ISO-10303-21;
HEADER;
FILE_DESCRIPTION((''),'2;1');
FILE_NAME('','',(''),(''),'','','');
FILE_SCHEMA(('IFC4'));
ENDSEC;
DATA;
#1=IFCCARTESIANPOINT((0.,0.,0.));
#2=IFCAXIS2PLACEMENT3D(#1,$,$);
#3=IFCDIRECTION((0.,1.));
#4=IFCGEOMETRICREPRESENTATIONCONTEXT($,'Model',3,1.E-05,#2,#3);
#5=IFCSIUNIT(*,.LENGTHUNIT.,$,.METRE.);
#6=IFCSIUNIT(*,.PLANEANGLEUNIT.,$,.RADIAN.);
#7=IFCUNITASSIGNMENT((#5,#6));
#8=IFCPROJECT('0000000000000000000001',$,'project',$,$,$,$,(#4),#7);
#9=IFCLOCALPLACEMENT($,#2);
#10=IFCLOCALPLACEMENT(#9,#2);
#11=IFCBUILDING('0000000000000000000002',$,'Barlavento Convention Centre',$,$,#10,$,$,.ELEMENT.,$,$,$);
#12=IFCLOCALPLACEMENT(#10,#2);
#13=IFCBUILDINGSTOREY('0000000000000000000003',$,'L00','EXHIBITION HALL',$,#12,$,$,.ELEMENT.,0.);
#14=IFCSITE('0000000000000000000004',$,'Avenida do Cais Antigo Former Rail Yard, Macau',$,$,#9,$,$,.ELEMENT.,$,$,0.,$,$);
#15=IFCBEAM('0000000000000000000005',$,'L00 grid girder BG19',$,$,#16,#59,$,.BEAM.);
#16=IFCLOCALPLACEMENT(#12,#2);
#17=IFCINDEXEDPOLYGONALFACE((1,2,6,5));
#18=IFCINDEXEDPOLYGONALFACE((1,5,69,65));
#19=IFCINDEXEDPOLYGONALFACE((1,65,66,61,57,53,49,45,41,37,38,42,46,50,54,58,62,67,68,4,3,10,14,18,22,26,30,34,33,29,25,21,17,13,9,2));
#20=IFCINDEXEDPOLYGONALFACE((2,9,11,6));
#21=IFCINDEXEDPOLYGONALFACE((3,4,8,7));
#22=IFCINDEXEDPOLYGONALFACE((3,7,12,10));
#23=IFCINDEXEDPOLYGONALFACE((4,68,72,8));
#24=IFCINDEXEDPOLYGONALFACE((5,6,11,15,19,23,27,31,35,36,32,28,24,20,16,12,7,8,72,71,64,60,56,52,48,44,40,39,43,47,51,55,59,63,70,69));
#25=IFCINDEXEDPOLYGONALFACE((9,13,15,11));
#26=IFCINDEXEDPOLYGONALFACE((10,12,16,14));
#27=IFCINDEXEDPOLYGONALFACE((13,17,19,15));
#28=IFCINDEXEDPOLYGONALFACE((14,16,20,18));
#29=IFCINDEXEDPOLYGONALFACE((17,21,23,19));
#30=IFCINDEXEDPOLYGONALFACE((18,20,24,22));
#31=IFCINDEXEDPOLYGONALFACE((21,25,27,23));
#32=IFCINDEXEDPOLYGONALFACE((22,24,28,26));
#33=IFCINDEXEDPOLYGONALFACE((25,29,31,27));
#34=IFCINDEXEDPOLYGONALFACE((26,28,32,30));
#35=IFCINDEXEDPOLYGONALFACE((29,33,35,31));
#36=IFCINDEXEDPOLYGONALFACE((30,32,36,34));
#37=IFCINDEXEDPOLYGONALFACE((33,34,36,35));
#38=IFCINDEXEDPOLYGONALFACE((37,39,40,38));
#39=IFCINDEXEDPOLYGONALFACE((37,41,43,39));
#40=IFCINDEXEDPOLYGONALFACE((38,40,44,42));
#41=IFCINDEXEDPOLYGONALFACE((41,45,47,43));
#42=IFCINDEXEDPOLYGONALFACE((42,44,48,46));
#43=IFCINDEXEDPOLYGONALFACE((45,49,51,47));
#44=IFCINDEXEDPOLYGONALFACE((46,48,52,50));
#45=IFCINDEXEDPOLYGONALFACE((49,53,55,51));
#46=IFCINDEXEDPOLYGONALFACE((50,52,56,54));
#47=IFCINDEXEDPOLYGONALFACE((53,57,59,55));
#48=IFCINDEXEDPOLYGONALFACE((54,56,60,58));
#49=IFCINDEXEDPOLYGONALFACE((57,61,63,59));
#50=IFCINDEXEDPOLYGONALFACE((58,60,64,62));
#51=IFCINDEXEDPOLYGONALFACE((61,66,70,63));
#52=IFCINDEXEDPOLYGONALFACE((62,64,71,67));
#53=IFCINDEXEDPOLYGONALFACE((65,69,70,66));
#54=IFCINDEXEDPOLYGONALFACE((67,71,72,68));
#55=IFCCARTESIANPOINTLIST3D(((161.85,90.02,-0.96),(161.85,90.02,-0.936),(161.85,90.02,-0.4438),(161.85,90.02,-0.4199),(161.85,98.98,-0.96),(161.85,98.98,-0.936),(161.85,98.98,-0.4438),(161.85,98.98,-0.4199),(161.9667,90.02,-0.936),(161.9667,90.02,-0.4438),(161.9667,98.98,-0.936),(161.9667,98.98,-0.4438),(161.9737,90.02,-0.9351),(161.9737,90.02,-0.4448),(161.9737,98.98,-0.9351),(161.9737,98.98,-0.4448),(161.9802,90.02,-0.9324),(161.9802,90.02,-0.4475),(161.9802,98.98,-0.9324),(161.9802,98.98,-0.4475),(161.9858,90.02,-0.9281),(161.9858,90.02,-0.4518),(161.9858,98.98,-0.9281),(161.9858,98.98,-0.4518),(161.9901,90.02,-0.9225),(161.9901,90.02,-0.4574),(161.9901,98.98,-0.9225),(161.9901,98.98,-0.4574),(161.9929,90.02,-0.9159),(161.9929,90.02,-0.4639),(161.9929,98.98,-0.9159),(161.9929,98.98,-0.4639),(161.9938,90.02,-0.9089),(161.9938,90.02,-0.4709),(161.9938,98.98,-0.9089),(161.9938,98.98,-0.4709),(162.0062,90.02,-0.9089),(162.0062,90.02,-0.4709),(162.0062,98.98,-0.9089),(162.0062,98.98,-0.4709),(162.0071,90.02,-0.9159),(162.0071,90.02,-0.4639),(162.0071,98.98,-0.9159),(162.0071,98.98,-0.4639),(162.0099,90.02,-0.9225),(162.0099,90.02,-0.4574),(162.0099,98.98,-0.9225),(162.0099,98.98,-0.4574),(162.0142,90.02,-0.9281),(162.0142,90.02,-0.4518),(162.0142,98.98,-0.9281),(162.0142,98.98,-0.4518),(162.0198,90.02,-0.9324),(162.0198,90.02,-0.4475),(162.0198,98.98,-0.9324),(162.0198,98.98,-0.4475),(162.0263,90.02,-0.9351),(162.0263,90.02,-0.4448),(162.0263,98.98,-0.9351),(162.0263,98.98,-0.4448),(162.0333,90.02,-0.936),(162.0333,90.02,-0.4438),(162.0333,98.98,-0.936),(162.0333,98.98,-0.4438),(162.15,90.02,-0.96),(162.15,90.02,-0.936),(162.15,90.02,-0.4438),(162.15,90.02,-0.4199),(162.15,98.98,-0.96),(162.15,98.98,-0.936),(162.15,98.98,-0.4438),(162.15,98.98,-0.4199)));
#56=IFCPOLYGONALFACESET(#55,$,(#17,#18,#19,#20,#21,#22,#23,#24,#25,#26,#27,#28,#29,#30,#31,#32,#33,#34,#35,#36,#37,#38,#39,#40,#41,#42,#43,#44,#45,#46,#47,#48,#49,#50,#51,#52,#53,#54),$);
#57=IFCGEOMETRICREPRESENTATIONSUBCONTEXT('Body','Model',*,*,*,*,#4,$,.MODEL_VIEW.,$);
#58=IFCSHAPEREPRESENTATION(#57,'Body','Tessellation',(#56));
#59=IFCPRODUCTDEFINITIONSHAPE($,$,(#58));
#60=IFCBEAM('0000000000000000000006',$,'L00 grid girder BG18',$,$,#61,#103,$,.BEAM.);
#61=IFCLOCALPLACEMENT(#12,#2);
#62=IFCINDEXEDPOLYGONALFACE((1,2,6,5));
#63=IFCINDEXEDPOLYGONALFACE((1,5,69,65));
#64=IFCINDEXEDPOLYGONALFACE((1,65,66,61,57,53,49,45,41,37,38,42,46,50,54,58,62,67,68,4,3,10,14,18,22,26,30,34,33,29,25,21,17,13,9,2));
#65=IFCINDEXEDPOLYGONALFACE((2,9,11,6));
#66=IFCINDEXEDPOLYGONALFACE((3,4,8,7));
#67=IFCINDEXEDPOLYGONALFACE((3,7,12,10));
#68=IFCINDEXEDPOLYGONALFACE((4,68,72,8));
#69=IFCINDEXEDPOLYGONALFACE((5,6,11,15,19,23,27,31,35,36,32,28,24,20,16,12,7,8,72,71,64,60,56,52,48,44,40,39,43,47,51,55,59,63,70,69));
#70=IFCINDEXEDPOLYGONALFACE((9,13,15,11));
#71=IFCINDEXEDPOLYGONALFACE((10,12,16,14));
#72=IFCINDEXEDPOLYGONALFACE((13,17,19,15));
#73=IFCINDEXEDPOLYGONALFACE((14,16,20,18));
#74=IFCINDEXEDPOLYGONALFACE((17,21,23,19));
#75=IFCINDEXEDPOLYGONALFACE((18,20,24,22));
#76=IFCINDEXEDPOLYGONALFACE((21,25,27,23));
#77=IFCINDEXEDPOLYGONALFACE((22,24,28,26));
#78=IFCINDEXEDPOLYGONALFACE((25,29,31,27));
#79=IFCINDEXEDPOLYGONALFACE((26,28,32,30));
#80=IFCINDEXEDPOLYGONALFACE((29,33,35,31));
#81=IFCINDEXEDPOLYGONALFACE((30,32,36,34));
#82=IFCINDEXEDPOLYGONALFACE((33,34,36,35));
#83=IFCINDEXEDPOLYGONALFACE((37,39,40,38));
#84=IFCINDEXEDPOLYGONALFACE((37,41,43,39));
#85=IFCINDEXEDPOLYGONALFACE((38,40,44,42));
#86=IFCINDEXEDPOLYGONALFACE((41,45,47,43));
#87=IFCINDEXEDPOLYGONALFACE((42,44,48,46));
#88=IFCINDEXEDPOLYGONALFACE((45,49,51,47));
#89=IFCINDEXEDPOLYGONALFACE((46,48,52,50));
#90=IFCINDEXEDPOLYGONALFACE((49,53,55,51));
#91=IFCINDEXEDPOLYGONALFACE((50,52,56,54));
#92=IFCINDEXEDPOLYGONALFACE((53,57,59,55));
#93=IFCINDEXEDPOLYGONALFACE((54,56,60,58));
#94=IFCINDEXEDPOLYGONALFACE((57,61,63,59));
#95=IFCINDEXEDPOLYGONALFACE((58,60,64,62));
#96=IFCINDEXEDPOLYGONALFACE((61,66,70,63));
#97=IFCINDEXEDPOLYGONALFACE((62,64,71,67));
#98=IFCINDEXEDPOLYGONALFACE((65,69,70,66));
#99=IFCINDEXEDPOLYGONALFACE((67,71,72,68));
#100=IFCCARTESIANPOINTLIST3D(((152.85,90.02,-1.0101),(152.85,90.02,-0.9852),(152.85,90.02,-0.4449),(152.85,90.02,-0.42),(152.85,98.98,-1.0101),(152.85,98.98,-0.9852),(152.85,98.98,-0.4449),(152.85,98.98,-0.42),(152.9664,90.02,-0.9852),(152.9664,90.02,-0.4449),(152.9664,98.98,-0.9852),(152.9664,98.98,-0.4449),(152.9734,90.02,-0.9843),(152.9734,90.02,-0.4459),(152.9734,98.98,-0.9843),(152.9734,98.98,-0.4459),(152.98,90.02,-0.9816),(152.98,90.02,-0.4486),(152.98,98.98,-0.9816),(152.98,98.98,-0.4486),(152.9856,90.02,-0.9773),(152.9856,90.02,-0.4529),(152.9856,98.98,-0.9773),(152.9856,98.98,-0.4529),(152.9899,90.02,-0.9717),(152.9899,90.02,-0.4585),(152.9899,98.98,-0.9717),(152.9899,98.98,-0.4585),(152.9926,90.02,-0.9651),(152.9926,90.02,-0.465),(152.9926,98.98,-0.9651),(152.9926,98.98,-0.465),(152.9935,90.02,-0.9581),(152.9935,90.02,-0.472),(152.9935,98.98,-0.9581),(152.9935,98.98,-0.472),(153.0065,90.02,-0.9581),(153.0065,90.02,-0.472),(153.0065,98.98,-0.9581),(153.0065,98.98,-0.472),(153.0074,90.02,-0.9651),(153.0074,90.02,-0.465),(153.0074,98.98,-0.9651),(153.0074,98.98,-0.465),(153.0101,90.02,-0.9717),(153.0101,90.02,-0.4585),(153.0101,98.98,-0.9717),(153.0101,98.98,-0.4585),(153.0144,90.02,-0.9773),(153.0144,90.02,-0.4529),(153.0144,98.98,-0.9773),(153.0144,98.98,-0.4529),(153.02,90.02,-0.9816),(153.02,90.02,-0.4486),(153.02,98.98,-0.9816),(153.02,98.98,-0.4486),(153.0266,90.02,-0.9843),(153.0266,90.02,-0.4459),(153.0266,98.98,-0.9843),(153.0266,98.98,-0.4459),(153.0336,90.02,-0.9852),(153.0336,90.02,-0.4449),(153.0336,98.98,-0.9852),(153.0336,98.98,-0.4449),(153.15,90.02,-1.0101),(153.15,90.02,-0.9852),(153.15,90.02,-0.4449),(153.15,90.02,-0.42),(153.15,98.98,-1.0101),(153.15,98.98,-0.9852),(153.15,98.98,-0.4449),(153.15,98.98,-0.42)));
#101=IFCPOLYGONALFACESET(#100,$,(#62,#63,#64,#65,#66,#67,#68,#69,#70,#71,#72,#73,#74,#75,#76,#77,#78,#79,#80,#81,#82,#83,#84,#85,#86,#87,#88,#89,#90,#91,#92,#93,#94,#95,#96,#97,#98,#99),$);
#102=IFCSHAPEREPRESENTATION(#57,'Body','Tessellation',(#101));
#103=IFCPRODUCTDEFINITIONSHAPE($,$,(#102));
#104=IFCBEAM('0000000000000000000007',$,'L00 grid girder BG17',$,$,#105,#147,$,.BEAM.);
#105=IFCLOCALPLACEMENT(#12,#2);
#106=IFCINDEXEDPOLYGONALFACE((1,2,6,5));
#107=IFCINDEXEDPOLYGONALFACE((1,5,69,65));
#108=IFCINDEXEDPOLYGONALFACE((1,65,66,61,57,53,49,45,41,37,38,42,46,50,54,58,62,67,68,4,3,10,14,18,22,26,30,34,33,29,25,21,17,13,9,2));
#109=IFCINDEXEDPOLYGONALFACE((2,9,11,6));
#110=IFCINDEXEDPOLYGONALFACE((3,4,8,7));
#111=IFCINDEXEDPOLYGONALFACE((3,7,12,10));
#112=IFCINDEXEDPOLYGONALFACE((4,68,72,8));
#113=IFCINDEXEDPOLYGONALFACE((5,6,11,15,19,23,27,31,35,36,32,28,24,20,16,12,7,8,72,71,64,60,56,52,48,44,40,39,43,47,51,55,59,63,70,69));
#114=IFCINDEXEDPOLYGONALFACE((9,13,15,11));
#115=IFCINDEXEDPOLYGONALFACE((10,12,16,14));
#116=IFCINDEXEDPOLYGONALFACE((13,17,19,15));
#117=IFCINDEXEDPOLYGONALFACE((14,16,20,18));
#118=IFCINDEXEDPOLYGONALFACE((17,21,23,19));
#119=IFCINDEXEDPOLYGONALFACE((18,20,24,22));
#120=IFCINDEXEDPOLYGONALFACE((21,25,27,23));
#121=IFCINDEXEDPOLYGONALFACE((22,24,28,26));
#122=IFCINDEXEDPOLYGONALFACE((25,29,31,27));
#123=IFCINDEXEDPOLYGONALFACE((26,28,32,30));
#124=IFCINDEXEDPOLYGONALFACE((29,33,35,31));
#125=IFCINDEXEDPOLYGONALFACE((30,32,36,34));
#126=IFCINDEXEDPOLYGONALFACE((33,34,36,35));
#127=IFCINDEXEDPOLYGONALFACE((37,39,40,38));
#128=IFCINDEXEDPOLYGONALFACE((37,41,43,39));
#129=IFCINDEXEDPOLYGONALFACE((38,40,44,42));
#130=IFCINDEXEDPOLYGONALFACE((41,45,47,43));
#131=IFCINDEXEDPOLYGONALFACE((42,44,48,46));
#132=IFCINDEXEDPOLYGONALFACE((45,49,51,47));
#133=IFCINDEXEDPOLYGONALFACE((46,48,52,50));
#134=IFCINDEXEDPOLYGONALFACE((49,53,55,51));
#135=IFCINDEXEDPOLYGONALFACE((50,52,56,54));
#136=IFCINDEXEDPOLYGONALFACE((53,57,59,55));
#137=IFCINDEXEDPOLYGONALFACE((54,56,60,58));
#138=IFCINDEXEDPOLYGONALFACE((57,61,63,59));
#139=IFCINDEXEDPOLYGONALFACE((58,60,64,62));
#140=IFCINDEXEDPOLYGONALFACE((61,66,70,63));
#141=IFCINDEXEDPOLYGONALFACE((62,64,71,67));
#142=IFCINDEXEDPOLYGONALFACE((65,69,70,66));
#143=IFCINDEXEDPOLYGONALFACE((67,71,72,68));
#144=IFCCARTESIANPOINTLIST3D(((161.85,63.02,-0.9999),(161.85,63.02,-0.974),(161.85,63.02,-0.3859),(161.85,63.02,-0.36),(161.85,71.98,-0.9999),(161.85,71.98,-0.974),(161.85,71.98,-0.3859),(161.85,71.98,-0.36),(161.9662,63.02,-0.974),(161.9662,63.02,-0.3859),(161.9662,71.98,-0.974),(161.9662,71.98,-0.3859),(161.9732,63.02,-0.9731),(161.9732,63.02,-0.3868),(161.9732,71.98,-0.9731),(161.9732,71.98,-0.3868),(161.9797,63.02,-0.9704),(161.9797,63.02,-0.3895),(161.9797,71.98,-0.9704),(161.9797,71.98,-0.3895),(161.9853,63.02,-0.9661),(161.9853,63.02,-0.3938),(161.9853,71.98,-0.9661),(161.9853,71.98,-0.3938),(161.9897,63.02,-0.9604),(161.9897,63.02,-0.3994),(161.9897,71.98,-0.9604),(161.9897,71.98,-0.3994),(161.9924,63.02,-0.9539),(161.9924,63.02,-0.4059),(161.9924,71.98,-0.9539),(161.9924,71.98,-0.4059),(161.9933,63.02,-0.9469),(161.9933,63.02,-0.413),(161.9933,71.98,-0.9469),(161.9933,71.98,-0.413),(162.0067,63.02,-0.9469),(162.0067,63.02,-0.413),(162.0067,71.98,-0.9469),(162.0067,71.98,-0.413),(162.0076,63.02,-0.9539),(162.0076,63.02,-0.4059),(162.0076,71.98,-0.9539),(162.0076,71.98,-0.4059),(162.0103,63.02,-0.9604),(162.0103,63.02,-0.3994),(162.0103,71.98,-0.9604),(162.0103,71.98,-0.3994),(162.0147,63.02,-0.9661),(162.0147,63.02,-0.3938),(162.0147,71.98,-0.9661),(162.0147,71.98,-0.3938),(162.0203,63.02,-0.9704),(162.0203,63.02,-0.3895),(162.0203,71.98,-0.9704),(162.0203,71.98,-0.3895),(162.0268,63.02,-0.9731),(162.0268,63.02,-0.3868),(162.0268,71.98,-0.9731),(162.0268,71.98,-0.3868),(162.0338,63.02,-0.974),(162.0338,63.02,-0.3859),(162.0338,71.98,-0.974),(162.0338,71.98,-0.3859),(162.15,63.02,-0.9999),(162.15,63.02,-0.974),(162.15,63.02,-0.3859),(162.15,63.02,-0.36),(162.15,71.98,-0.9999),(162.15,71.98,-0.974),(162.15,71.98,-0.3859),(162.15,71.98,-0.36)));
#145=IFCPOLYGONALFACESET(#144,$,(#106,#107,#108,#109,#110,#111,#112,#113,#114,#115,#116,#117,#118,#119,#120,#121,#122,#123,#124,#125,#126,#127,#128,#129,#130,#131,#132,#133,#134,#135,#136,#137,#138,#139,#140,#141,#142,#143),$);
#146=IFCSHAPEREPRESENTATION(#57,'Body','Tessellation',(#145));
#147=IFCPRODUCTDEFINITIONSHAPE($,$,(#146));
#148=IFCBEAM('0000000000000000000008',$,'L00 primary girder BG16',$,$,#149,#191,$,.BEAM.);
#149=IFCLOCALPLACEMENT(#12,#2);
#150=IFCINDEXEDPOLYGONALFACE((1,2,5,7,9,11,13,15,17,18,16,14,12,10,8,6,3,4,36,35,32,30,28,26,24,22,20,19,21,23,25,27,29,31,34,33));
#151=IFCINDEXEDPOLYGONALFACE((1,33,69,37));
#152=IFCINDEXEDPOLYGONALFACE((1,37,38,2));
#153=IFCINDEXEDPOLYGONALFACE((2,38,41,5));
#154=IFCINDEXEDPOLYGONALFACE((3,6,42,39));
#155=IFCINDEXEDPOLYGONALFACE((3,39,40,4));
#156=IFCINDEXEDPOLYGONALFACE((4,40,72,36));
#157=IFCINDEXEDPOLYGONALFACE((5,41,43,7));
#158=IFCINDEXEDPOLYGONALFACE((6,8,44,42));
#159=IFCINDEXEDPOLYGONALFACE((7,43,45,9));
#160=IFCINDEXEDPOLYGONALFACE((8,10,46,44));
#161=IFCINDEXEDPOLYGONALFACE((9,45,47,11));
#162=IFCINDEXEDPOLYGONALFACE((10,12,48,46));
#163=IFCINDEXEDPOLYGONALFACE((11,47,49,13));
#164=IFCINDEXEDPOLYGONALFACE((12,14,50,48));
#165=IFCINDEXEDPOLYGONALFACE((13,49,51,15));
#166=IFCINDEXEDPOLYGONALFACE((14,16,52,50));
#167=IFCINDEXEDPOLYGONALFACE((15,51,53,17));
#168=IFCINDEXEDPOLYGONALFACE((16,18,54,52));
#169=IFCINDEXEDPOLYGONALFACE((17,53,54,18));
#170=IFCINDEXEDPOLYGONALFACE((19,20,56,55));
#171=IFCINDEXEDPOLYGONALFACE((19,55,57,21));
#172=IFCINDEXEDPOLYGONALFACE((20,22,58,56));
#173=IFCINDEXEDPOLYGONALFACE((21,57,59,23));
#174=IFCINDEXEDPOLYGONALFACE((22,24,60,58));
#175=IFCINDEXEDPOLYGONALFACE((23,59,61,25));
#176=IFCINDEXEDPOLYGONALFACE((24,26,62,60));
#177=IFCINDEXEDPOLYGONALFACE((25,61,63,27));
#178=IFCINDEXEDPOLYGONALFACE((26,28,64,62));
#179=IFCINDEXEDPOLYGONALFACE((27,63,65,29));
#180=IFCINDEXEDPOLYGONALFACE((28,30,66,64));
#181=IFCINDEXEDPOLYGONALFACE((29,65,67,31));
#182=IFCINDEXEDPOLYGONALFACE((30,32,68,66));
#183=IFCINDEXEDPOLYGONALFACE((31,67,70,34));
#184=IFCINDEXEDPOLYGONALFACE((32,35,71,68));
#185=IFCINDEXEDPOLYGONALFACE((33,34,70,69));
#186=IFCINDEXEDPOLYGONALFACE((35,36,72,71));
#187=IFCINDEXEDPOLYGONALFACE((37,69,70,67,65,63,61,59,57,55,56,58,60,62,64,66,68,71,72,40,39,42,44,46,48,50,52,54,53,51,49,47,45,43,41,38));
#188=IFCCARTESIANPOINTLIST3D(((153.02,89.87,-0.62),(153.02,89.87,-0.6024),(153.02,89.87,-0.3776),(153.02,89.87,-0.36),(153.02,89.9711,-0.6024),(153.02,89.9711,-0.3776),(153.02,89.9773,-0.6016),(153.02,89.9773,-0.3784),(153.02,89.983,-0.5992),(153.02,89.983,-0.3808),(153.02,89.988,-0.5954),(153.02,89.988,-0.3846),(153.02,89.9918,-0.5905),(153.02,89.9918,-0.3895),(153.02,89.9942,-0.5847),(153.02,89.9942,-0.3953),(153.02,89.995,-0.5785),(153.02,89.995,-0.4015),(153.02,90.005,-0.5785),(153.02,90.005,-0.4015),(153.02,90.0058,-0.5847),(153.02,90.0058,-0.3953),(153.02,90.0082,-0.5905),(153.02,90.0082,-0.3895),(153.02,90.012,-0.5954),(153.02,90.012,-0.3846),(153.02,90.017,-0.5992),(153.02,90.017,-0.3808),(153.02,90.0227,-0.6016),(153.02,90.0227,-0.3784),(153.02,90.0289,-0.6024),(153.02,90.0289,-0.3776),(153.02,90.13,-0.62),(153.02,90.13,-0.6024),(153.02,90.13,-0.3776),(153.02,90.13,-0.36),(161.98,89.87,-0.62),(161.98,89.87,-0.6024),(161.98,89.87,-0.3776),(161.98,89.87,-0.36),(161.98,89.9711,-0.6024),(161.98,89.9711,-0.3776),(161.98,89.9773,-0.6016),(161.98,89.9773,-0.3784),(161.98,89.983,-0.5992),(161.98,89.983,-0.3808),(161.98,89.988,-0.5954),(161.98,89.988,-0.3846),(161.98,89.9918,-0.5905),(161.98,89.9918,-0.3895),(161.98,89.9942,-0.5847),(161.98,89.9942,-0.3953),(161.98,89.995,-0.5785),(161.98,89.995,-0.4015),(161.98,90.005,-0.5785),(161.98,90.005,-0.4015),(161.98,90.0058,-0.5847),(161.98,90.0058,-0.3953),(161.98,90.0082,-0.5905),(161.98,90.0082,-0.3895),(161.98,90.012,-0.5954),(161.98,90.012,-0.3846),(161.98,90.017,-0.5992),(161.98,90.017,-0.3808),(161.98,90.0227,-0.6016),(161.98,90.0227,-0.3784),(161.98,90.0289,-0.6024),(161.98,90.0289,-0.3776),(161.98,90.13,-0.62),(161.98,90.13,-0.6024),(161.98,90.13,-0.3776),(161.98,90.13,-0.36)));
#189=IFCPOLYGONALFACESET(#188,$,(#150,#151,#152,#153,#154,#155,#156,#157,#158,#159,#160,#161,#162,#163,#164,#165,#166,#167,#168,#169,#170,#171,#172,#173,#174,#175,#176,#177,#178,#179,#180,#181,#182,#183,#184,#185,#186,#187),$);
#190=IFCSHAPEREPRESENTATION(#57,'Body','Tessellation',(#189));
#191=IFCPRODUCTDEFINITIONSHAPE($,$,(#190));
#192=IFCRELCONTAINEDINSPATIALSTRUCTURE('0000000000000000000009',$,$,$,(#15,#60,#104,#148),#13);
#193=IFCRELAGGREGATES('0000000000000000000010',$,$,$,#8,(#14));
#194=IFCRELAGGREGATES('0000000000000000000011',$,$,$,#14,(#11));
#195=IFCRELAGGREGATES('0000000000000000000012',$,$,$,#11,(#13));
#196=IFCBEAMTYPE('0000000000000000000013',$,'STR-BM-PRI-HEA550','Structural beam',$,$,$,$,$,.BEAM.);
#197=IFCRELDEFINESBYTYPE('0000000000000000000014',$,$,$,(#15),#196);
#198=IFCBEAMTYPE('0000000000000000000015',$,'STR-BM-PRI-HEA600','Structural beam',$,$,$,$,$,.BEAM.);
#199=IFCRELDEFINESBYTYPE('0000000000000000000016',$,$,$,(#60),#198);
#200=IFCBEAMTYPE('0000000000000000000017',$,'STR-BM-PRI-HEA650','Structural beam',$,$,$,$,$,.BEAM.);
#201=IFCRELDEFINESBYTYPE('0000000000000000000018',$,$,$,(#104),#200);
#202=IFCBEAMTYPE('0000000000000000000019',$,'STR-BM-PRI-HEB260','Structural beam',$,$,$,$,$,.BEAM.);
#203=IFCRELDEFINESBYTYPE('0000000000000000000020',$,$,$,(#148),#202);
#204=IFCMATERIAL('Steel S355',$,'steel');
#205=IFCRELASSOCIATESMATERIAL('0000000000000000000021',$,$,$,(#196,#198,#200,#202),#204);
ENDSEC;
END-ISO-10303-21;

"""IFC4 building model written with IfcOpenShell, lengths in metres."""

from ifc_helpers import new_model, si_unit, direction, frame, origin, origin_2d, place, context, subcontext, project, spatial, i_section, extrude, material, material_profile, profile_set, type_object, element, save


model = new_model("IFC4")

# Units and contexts
model_context = context("Model", 3, precision=1e-05, world=origin(), true_north=direction((0.0, 1.0)))
body_context = subcontext(model_context, "Body", "Model", "MODEL_VIEW")
ifc_project = project(units=[si_unit("LENGTHUNIT", "METRE"), si_unit("PLANEANGLEUNIT", "RADIAN")], contexts=[model_context])

# Site, building, storey
site_placement = place(None, origin())
site = spatial("IfcSite", under=ifc_project, at=site_placement, Name="Avenida do Cais Antigo Former Rail Yard, Macau", CompositionType="ELEMENT", RefElevation=0.0)
building_placement = place(site_placement, origin())
building = spatial("IfcBuilding", under=site, at=building_placement, Name="Barlavento Convention Centre", CompositionType="ELEMENT")
storey_placement = place(building_placement, origin())
storey = spatial("IfcBuildingStorey", under=building, at=storey_placement, Name="L00", Description="EXHIBITION HALL", CompositionType="ELEMENT", Elevation=0.0)

# Beams
ifc_material_1 = material(Name="Steel S355", Category="steel")
ifc_material_profile_1 = material_profile(ifc_material_1, i_section(OverallWidth=0.3, OverallDepth=0.54, WebThickness=0.0125, FlangeThickness=0.0239, FilletRadius=0.0271, at=origin_2d()), Name="HEA 550")
ifc_profile_set_1 = profile_set([ifc_material_profile_1], Name="Steel S355")
beam_type_1 = type_object("IfcBeamType", Name="STR-BM-PRI-HEA550", Description="Structural beam", PredefinedType="BEAM", material=ifc_profile_set_1)
beam_1_placement = place(storey_placement, frame((162.0, 90.02, -0.6899), z_axis=(0.0, 1.0, 0.0), x_axis=(-1.0, 0.0, 0.0)))
element("IfcBeam", 1, at=beam_1_placement, inside=storey, type_object=beam_type_1, Name="L00 grid girder BG19", PredefinedType="BEAM", context=body_context, shape_type="SweptSolid", body=[
    extrude(i_section(OverallWidth=0.3, OverallDepth=0.54, WebThickness=0.0125, FlangeThickness=0.0239, FilletRadius=0.0271, at=origin_2d()), origin(), (0.0, 0.0, 1.0), 8.96),
])
ifc_material_profile_2 = material_profile(ifc_material_1, i_section(OverallWidth=0.3, OverallDepth=0.5901, WebThickness=0.0129, FlangeThickness=0.0249, FilletRadius=0.0271, at=origin_2d()), Name="HEA 600")
ifc_profile_set_2 = profile_set([ifc_material_profile_2], Name="Steel S355")
beam_type_2 = type_object("IfcBeamType", Name="STR-BM-PRI-HEA600", Description="Structural beam", PredefinedType="BEAM", material=ifc_profile_set_2)
beam_2_placement = place(storey_placement, frame((153.0, 90.02, -0.7151), z_axis=(0.0, 1.0, 0.0), x_axis=(-1.0, 0.0, 0.0)))
element("IfcBeam", 2, at=beam_2_placement, inside=storey, type_object=beam_type_2, Name="L00 grid girder BG18", PredefinedType="BEAM", context=body_context, shape_type="SweptSolid", body=[
    extrude(i_section(OverallWidth=0.3, OverallDepth=0.5901, WebThickness=0.0129, FlangeThickness=0.0249, FilletRadius=0.0271, at=origin_2d()), origin(), (0.0, 0.0, 1.0), 8.96),
])
ifc_material_profile_3 = material_profile(ifc_material_1, i_section(OverallWidth=0.3, OverallDepth=0.6399, WebThickness=0.0134, FlangeThickness=0.0259, FilletRadius=0.0271, at=origin_2d()), Name="HEA 650")
ifc_profile_set_3 = profile_set([ifc_material_profile_3], Name="Steel S355")
beam_type_3 = type_object("IfcBeamType", Name="STR-BM-PRI-HEA650", Description="Structural beam", PredefinedType="BEAM", material=ifc_profile_set_3)
beam_3_placement = place(storey_placement, frame((162.0, 63.02, -0.6799), z_axis=(0.0, 1.0, 0.0), x_axis=(-1.0, 0.0, 0.0)))
element("IfcBeam", 3, at=beam_3_placement, inside=storey, type_object=beam_type_3, Name="L00 grid girder BG17", PredefinedType="BEAM", context=body_context, shape_type="SweptSolid", body=[
    extrude(i_section(OverallWidth=0.3, OverallDepth=0.6399, WebThickness=0.0134, FlangeThickness=0.0259, FilletRadius=0.0271, at=origin_2d()), origin(), (0.0, 0.0, 1.0), 8.96),
])
ifc_material_profile_4 = material_profile(ifc_material_1, i_section(OverallWidth=0.26, OverallDepth=0.26, WebThickness=0.01, FlangeThickness=0.0176, FilletRadius=0.0239, at=origin_2d()), Name="HEB 260")
ifc_profile_set_4 = profile_set([ifc_material_profile_4], Name="Steel S355")
beam_type_4 = type_object("IfcBeamType", Name="STR-BM-PRI-HEB260", Description="Structural beam", PredefinedType="BEAM", material=ifc_profile_set_4)
beam_4_placement = place(storey_placement, frame((153.02, 90.0, -0.49), z_axis=(1.0, 0.0, 0.0), x_axis=(0.0, 1.0, 0.0)))
element("IfcBeam", 4, at=beam_4_placement, inside=storey, type_object=beam_type_4, Name="L00 primary girder BG16", PredefinedType="BEAM", context=body_context, shape_type="SweptSolid", body=[
    extrude(i_section(OverallWidth=0.26, OverallDepth=0.26, WebThickness=0.01, FlangeThickness=0.0176, FilletRadius=0.0239, at=origin_2d()), origin(), (0.0, 0.0, 1.0), 8.96),
])

save(model, "model.ifc")
